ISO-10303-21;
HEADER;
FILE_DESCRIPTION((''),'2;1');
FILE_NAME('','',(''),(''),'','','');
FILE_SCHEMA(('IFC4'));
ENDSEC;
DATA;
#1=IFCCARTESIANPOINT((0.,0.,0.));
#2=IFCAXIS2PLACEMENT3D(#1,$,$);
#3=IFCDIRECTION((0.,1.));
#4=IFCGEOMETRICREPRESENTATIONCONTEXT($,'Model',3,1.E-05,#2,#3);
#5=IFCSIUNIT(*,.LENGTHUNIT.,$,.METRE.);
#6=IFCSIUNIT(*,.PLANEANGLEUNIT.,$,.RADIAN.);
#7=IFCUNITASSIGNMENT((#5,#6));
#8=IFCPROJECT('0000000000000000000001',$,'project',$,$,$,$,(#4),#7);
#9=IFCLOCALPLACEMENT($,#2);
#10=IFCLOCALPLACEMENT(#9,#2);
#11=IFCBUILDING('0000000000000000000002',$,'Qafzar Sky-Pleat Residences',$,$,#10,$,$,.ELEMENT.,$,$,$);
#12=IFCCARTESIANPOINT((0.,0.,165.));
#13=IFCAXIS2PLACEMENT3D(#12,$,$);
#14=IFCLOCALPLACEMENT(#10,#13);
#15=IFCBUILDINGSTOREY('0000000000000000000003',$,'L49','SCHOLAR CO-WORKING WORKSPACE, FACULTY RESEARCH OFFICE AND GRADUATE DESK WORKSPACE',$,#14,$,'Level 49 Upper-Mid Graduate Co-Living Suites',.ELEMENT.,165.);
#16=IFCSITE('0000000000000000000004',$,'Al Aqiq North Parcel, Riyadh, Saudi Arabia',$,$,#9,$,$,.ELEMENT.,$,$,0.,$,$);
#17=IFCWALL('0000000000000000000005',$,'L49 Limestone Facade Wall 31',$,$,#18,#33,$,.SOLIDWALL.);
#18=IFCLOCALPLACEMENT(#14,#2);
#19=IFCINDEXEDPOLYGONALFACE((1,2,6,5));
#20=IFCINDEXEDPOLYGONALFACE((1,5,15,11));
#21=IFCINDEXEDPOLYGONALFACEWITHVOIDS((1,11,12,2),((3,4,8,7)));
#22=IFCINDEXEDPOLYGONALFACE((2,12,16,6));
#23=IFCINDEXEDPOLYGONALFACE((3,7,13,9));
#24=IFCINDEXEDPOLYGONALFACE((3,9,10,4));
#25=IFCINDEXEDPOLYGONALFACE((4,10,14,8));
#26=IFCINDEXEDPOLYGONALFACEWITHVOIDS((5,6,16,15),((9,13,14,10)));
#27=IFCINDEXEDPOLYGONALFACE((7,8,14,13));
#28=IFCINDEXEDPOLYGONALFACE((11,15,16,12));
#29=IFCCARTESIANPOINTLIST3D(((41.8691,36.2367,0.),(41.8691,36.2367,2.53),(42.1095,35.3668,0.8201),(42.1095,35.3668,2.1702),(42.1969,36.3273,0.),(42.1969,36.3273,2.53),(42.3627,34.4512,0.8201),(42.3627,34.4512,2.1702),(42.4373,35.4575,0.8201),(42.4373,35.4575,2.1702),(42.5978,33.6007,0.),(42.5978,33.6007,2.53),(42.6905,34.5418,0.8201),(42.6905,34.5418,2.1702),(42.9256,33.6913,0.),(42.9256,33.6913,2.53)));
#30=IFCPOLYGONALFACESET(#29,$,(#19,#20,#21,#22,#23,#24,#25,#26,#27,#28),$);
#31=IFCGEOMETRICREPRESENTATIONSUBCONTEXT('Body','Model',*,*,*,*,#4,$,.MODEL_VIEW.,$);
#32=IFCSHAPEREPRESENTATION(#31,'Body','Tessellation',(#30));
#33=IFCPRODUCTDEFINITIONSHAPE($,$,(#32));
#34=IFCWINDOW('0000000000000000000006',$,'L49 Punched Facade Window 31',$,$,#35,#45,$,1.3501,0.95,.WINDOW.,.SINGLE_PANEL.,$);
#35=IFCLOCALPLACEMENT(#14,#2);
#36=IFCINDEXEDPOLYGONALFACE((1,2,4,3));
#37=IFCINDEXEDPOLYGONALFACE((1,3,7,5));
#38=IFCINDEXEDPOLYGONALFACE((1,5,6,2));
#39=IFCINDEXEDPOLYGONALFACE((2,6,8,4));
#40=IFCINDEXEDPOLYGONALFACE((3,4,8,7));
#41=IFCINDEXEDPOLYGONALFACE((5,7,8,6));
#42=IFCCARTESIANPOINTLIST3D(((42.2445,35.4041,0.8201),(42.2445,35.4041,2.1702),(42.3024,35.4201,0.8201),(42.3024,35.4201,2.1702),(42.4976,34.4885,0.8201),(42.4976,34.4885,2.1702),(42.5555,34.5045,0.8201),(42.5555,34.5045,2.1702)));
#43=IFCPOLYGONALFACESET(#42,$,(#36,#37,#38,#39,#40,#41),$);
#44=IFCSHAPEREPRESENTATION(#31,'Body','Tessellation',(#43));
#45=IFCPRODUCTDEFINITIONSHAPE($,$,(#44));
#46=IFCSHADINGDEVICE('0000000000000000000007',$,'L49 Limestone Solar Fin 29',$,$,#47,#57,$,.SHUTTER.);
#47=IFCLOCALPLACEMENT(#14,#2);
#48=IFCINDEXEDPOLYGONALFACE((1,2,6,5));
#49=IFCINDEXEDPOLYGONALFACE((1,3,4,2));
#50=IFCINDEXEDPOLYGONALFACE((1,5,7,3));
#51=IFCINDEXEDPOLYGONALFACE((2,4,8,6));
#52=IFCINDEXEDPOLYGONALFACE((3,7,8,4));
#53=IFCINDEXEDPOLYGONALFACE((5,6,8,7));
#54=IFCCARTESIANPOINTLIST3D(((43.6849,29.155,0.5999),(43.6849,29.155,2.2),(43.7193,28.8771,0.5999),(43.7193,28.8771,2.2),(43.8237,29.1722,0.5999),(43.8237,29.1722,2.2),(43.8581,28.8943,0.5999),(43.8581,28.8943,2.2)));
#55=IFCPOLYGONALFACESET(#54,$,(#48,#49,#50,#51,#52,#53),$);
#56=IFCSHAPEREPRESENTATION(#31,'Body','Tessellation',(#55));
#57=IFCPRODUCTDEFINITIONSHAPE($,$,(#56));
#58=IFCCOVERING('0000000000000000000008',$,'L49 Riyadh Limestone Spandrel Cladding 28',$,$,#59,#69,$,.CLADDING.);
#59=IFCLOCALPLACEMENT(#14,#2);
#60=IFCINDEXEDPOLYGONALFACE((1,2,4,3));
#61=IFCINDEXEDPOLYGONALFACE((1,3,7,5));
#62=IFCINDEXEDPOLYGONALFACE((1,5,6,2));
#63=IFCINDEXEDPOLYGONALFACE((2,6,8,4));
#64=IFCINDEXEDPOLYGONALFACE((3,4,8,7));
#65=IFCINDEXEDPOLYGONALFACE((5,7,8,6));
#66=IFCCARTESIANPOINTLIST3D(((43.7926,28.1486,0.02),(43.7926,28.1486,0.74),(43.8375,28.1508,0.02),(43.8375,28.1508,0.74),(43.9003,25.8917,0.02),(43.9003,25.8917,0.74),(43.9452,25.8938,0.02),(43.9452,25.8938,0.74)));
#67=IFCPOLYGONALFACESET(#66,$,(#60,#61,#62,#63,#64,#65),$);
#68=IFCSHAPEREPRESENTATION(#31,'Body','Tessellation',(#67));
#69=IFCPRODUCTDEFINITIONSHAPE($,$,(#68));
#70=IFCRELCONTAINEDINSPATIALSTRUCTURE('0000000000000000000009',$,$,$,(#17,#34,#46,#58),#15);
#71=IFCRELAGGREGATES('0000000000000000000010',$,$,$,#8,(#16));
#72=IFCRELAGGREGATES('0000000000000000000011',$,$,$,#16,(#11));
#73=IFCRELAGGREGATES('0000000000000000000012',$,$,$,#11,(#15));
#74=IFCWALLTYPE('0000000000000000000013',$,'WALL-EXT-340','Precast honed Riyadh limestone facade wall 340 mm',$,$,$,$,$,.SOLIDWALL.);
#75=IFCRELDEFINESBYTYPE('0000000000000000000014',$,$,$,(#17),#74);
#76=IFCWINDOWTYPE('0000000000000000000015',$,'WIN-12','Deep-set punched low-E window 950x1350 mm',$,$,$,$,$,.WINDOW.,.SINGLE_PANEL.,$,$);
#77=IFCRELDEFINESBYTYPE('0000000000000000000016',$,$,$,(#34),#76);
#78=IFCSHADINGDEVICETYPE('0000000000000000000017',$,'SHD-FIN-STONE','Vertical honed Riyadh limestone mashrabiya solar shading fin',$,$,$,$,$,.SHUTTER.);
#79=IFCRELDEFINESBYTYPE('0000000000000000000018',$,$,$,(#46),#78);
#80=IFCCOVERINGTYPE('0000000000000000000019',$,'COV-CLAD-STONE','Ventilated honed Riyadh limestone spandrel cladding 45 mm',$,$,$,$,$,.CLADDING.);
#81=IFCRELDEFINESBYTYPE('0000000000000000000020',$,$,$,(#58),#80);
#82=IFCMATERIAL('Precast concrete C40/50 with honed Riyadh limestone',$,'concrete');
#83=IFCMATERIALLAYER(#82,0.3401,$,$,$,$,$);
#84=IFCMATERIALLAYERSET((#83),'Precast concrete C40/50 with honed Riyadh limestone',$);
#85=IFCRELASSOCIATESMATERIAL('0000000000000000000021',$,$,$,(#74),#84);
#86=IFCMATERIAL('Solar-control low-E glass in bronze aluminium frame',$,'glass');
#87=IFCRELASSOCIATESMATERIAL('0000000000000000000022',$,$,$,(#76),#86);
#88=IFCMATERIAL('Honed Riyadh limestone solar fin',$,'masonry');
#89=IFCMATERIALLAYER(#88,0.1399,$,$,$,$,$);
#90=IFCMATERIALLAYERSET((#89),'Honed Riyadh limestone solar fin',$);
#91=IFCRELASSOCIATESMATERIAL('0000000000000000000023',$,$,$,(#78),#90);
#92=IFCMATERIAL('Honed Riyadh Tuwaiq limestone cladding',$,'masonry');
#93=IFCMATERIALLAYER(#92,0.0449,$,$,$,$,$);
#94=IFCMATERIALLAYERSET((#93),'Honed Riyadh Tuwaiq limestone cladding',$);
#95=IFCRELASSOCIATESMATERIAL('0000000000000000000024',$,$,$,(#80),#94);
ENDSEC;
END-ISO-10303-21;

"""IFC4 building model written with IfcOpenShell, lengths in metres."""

from ifc_helpers import new_model, si_unit, direction, frame, frame_2d, origin, origin_2d, place, context, subcontext, project, spatial, rectangle, extrude, source, transform, mapped, material, layer, layer_set, type_object, element, fill, save


model = new_model("IFC4")

# Units and contexts
model_context = context("Model", 3, precision=1e-05, world=origin(), true_north=direction((0.0, 1.0)))
body_context = subcontext(model_context, "Body", "Model", "MODEL_VIEW")
ifc_project = project(units=[si_unit("LENGTHUNIT", "METRE"), si_unit("PLANEANGLEUNIT", "RADIAN")], contexts=[model_context])

# Site, building, storey
site_placement = place(None, origin())
site = spatial("IfcSite", under=ifc_project, at=site_placement, Name="Al Aqiq North Parcel, Riyadh, Saudi Arabia", CompositionType="ELEMENT", RefElevation=0.0)
building_placement = place(site_placement, origin())
building = spatial("IfcBuilding", under=site, at=building_placement, Name="Qafzar Sky-Pleat Residences", CompositionType="ELEMENT")
storey_placement = place(building_placement, frame((0.0, 0.0, 165.0)))
storey = spatial("IfcBuildingStorey", under=building, at=storey_placement, Name="L49", Description="SCHOLAR CO-WORKING WORKSPACE, FACULTY RESEARCH OFFICE AND GRADUATE DESK WORKSPACE", LongName="Level 49 Upper-Mid Graduate Co-Living Suites", CompositionType="ELEMENT", Elevation=165.0)

# Wall, opening, window
ifc_material_1 = material(Name="Precast concrete C40/50 with honed Riyadh limestone", Category="concrete")
ifc_layer_1 = layer(ifc_material_1, 0.3401)
ifc_layer_set_1 = layer_set([ifc_layer_1], Name="Precast concrete C40/50 with honed Riyadh limestone")
wall_type_1 = type_object("IfcWallType", Name="WALL-EXT-340", Description="Precast honed Riyadh limestone facade wall 340 mm", PredefinedType="SOLIDWALL", material=ifc_layer_set_1)
ifc_material_2 = material(Name="Solar-control low-E glass in bronze aluminium frame", Category="glass")
wall_1_placement = place(storey_placement, frame((42.7617, 33.646, 0.0), z_axis=(0.0, 0.0, 1.0), x_axis=(-0.26647, 0.963843, 0.0)))
wall_1 = element("IfcWall", 1, at=wall_1_placement, inside=storey, type_object=wall_type_1, Name="L49 Limestone Facade Wall 31", PredefinedType="SOLIDWALL", context=body_context, shape_type="SweptSolid", body=[
    extrude(rectangle(XDim=2.7349, YDim=0.3401, at=frame_2d((1.3674, 0.0))), origin(), (0.0, 0.0, 1.0), 2.53),
])
opening_1_placement = place(wall_1_placement, frame((0.8823, 0.0, 0.8201)))
opening_1 = element("IfcOpeningElement", 2, at=opening_1_placement, cuts=wall_1, PredefinedType="OPENING", context=body_context, shape_type="SweptSolid", body=[
    extrude(rectangle(XDim=0.95, YDim=1.3501, at=frame_2d((0.4751, 0.675))), frame((0.0, 0.1802, 0.0), z_axis=(0.0, -1.0, 0.0), x_axis=(1.0, 0.0, 0.0)), (0.0, 0.0, 1.0), 0.3601),
])
window_type_1 = type_object("IfcWindowType", Name="WIN-12", Description="Deep-set punched low-E window 950x1350 mm", PartitioningType="SINGLE_PANEL", PredefinedType="WINDOW", material=ifc_material_2)
shared_shape_1 = source(origin(), body_context, "Body", "SweptSolid", [
    extrude(rectangle(XDim=0.95, YDim=1.3501, at=frame_2d((0.4751, 0.675))), frame((0.0, 0.03, 0.0), z_axis=(0.0, -1.0, 0.0), x_axis=(1.0, 0.0, 0.0)), (0.0, 0.0, 1.0), 0.0601),
])
window_1_placement = place(opening_1_placement, origin())
window_1 = element("IfcWindow", 3, at=window_1_placement, inside=storey, type_object=window_type_1, Name="L49 Punched Facade Window 31", OverallHeight=1.3501, OverallWidth=0.95, PartitioningType="SINGLE_PANEL", PredefinedType="WINDOW", context=body_context, shape_type="MappedRepresentation", body=[
    mapped(shared_shape_1, transform((0.0, 0.0, 0.0), x_axis=(1.0, 0.0, 0.0), y_axis=(0.0, 1.0, 0.0), z_axis=(0.0, 0.0, 1.0), scale=1.0)),
])
fill(opening_1, window_1)

# Shading device
ifc_material_3 = material(Name="Honed Riyadh limestone solar fin", Category="masonry")
ifc_layer_2 = layer(ifc_material_3, 0.1399)
ifc_layer_set_2 = layer_set([ifc_layer_2], Name="Honed Riyadh limestone solar fin")
shading_device_type = type_object("IfcShadingDeviceType", Name="SHD-FIN-STONE", Description="Vertical honed Riyadh limestone mashrabiya solar shading fin", PredefinedType="SHUTTER", material=ifc_layer_set_2)
shared_shape_2 = source(origin(), body_context, "Body", "SweptSolid", [
    extrude(rectangle(XDim=0.1399, YDim=0.28, at=origin_2d()), origin(), (0.0, 0.0, 1.0), 1.6001),
])
shading_device_placement = place(storey_placement, frame((43.7715, 29.0247, 0.5999), z_axis=(0.0, 0.0, 1.0), x_axis=(0.992422, 0.122875, 0.0)))
element("IfcShadingDevice", 4, at=shading_device_placement, inside=storey, type_object=shading_device_type, Name="L49 Limestone Solar Fin 29", PredefinedType="SHUTTER", context=body_context, shape_type="MappedRepresentation", body=[
    mapped(shared_shape_2, transform((0.0, 0.0, 0.0), x_axis=(1.0, 0.0, 0.0), y_axis=(0.0, 1.0, 0.0), z_axis=(0.0, 0.0, 1.0), scale=1.0)),
])

# Covering
ifc_material_4 = material(Name="Honed Riyadh Tuwaiq limestone cladding", Category="masonry")
ifc_layer_3 = layer(ifc_material_4, 0.0449)
ifc_layer_set_3 = layer_set([ifc_layer_3], Name="Honed Riyadh Tuwaiq limestone cladding")
covering_type = type_object("IfcCoveringType", Name="COV-CLAD-STONE", Description="Ventilated honed Riyadh limestone spandrel cladding 45 mm", PredefinedType="CLADDING", material=ifc_layer_set_3)
shared_shape_3 = source(origin(), body_context, "Body", "SweptSolid", [
    extrude(rectangle(XDim=2.2595, YDim=0.0449, at=origin_2d()), origin(), (0.0, 0.0, 1.0), 0.72),
])
covering_placement = place(storey_placement, frame((43.8689, 27.0212, 0.02), z_axis=(0.0, 0.0, 1.0), x_axis=(-0.047639, 0.998865, 0.0)))
element("IfcCovering", 5, at=covering_placement, inside=storey, type_object=covering_type, Name="L49 Riyadh Limestone Spandrel Cladding 28", PredefinedType="CLADDING", context=body_context, shape_type="MappedRepresentation", body=[
    mapped(shared_shape_3, transform((0.0, 0.0, 0.0), x_axis=(1.0, 0.0, 0.0), y_axis=(0.0, 1.0, 0.0), z_axis=(0.0, 0.0, 1.0), scale=1.0)),
])

save(model, "model.ifc")
